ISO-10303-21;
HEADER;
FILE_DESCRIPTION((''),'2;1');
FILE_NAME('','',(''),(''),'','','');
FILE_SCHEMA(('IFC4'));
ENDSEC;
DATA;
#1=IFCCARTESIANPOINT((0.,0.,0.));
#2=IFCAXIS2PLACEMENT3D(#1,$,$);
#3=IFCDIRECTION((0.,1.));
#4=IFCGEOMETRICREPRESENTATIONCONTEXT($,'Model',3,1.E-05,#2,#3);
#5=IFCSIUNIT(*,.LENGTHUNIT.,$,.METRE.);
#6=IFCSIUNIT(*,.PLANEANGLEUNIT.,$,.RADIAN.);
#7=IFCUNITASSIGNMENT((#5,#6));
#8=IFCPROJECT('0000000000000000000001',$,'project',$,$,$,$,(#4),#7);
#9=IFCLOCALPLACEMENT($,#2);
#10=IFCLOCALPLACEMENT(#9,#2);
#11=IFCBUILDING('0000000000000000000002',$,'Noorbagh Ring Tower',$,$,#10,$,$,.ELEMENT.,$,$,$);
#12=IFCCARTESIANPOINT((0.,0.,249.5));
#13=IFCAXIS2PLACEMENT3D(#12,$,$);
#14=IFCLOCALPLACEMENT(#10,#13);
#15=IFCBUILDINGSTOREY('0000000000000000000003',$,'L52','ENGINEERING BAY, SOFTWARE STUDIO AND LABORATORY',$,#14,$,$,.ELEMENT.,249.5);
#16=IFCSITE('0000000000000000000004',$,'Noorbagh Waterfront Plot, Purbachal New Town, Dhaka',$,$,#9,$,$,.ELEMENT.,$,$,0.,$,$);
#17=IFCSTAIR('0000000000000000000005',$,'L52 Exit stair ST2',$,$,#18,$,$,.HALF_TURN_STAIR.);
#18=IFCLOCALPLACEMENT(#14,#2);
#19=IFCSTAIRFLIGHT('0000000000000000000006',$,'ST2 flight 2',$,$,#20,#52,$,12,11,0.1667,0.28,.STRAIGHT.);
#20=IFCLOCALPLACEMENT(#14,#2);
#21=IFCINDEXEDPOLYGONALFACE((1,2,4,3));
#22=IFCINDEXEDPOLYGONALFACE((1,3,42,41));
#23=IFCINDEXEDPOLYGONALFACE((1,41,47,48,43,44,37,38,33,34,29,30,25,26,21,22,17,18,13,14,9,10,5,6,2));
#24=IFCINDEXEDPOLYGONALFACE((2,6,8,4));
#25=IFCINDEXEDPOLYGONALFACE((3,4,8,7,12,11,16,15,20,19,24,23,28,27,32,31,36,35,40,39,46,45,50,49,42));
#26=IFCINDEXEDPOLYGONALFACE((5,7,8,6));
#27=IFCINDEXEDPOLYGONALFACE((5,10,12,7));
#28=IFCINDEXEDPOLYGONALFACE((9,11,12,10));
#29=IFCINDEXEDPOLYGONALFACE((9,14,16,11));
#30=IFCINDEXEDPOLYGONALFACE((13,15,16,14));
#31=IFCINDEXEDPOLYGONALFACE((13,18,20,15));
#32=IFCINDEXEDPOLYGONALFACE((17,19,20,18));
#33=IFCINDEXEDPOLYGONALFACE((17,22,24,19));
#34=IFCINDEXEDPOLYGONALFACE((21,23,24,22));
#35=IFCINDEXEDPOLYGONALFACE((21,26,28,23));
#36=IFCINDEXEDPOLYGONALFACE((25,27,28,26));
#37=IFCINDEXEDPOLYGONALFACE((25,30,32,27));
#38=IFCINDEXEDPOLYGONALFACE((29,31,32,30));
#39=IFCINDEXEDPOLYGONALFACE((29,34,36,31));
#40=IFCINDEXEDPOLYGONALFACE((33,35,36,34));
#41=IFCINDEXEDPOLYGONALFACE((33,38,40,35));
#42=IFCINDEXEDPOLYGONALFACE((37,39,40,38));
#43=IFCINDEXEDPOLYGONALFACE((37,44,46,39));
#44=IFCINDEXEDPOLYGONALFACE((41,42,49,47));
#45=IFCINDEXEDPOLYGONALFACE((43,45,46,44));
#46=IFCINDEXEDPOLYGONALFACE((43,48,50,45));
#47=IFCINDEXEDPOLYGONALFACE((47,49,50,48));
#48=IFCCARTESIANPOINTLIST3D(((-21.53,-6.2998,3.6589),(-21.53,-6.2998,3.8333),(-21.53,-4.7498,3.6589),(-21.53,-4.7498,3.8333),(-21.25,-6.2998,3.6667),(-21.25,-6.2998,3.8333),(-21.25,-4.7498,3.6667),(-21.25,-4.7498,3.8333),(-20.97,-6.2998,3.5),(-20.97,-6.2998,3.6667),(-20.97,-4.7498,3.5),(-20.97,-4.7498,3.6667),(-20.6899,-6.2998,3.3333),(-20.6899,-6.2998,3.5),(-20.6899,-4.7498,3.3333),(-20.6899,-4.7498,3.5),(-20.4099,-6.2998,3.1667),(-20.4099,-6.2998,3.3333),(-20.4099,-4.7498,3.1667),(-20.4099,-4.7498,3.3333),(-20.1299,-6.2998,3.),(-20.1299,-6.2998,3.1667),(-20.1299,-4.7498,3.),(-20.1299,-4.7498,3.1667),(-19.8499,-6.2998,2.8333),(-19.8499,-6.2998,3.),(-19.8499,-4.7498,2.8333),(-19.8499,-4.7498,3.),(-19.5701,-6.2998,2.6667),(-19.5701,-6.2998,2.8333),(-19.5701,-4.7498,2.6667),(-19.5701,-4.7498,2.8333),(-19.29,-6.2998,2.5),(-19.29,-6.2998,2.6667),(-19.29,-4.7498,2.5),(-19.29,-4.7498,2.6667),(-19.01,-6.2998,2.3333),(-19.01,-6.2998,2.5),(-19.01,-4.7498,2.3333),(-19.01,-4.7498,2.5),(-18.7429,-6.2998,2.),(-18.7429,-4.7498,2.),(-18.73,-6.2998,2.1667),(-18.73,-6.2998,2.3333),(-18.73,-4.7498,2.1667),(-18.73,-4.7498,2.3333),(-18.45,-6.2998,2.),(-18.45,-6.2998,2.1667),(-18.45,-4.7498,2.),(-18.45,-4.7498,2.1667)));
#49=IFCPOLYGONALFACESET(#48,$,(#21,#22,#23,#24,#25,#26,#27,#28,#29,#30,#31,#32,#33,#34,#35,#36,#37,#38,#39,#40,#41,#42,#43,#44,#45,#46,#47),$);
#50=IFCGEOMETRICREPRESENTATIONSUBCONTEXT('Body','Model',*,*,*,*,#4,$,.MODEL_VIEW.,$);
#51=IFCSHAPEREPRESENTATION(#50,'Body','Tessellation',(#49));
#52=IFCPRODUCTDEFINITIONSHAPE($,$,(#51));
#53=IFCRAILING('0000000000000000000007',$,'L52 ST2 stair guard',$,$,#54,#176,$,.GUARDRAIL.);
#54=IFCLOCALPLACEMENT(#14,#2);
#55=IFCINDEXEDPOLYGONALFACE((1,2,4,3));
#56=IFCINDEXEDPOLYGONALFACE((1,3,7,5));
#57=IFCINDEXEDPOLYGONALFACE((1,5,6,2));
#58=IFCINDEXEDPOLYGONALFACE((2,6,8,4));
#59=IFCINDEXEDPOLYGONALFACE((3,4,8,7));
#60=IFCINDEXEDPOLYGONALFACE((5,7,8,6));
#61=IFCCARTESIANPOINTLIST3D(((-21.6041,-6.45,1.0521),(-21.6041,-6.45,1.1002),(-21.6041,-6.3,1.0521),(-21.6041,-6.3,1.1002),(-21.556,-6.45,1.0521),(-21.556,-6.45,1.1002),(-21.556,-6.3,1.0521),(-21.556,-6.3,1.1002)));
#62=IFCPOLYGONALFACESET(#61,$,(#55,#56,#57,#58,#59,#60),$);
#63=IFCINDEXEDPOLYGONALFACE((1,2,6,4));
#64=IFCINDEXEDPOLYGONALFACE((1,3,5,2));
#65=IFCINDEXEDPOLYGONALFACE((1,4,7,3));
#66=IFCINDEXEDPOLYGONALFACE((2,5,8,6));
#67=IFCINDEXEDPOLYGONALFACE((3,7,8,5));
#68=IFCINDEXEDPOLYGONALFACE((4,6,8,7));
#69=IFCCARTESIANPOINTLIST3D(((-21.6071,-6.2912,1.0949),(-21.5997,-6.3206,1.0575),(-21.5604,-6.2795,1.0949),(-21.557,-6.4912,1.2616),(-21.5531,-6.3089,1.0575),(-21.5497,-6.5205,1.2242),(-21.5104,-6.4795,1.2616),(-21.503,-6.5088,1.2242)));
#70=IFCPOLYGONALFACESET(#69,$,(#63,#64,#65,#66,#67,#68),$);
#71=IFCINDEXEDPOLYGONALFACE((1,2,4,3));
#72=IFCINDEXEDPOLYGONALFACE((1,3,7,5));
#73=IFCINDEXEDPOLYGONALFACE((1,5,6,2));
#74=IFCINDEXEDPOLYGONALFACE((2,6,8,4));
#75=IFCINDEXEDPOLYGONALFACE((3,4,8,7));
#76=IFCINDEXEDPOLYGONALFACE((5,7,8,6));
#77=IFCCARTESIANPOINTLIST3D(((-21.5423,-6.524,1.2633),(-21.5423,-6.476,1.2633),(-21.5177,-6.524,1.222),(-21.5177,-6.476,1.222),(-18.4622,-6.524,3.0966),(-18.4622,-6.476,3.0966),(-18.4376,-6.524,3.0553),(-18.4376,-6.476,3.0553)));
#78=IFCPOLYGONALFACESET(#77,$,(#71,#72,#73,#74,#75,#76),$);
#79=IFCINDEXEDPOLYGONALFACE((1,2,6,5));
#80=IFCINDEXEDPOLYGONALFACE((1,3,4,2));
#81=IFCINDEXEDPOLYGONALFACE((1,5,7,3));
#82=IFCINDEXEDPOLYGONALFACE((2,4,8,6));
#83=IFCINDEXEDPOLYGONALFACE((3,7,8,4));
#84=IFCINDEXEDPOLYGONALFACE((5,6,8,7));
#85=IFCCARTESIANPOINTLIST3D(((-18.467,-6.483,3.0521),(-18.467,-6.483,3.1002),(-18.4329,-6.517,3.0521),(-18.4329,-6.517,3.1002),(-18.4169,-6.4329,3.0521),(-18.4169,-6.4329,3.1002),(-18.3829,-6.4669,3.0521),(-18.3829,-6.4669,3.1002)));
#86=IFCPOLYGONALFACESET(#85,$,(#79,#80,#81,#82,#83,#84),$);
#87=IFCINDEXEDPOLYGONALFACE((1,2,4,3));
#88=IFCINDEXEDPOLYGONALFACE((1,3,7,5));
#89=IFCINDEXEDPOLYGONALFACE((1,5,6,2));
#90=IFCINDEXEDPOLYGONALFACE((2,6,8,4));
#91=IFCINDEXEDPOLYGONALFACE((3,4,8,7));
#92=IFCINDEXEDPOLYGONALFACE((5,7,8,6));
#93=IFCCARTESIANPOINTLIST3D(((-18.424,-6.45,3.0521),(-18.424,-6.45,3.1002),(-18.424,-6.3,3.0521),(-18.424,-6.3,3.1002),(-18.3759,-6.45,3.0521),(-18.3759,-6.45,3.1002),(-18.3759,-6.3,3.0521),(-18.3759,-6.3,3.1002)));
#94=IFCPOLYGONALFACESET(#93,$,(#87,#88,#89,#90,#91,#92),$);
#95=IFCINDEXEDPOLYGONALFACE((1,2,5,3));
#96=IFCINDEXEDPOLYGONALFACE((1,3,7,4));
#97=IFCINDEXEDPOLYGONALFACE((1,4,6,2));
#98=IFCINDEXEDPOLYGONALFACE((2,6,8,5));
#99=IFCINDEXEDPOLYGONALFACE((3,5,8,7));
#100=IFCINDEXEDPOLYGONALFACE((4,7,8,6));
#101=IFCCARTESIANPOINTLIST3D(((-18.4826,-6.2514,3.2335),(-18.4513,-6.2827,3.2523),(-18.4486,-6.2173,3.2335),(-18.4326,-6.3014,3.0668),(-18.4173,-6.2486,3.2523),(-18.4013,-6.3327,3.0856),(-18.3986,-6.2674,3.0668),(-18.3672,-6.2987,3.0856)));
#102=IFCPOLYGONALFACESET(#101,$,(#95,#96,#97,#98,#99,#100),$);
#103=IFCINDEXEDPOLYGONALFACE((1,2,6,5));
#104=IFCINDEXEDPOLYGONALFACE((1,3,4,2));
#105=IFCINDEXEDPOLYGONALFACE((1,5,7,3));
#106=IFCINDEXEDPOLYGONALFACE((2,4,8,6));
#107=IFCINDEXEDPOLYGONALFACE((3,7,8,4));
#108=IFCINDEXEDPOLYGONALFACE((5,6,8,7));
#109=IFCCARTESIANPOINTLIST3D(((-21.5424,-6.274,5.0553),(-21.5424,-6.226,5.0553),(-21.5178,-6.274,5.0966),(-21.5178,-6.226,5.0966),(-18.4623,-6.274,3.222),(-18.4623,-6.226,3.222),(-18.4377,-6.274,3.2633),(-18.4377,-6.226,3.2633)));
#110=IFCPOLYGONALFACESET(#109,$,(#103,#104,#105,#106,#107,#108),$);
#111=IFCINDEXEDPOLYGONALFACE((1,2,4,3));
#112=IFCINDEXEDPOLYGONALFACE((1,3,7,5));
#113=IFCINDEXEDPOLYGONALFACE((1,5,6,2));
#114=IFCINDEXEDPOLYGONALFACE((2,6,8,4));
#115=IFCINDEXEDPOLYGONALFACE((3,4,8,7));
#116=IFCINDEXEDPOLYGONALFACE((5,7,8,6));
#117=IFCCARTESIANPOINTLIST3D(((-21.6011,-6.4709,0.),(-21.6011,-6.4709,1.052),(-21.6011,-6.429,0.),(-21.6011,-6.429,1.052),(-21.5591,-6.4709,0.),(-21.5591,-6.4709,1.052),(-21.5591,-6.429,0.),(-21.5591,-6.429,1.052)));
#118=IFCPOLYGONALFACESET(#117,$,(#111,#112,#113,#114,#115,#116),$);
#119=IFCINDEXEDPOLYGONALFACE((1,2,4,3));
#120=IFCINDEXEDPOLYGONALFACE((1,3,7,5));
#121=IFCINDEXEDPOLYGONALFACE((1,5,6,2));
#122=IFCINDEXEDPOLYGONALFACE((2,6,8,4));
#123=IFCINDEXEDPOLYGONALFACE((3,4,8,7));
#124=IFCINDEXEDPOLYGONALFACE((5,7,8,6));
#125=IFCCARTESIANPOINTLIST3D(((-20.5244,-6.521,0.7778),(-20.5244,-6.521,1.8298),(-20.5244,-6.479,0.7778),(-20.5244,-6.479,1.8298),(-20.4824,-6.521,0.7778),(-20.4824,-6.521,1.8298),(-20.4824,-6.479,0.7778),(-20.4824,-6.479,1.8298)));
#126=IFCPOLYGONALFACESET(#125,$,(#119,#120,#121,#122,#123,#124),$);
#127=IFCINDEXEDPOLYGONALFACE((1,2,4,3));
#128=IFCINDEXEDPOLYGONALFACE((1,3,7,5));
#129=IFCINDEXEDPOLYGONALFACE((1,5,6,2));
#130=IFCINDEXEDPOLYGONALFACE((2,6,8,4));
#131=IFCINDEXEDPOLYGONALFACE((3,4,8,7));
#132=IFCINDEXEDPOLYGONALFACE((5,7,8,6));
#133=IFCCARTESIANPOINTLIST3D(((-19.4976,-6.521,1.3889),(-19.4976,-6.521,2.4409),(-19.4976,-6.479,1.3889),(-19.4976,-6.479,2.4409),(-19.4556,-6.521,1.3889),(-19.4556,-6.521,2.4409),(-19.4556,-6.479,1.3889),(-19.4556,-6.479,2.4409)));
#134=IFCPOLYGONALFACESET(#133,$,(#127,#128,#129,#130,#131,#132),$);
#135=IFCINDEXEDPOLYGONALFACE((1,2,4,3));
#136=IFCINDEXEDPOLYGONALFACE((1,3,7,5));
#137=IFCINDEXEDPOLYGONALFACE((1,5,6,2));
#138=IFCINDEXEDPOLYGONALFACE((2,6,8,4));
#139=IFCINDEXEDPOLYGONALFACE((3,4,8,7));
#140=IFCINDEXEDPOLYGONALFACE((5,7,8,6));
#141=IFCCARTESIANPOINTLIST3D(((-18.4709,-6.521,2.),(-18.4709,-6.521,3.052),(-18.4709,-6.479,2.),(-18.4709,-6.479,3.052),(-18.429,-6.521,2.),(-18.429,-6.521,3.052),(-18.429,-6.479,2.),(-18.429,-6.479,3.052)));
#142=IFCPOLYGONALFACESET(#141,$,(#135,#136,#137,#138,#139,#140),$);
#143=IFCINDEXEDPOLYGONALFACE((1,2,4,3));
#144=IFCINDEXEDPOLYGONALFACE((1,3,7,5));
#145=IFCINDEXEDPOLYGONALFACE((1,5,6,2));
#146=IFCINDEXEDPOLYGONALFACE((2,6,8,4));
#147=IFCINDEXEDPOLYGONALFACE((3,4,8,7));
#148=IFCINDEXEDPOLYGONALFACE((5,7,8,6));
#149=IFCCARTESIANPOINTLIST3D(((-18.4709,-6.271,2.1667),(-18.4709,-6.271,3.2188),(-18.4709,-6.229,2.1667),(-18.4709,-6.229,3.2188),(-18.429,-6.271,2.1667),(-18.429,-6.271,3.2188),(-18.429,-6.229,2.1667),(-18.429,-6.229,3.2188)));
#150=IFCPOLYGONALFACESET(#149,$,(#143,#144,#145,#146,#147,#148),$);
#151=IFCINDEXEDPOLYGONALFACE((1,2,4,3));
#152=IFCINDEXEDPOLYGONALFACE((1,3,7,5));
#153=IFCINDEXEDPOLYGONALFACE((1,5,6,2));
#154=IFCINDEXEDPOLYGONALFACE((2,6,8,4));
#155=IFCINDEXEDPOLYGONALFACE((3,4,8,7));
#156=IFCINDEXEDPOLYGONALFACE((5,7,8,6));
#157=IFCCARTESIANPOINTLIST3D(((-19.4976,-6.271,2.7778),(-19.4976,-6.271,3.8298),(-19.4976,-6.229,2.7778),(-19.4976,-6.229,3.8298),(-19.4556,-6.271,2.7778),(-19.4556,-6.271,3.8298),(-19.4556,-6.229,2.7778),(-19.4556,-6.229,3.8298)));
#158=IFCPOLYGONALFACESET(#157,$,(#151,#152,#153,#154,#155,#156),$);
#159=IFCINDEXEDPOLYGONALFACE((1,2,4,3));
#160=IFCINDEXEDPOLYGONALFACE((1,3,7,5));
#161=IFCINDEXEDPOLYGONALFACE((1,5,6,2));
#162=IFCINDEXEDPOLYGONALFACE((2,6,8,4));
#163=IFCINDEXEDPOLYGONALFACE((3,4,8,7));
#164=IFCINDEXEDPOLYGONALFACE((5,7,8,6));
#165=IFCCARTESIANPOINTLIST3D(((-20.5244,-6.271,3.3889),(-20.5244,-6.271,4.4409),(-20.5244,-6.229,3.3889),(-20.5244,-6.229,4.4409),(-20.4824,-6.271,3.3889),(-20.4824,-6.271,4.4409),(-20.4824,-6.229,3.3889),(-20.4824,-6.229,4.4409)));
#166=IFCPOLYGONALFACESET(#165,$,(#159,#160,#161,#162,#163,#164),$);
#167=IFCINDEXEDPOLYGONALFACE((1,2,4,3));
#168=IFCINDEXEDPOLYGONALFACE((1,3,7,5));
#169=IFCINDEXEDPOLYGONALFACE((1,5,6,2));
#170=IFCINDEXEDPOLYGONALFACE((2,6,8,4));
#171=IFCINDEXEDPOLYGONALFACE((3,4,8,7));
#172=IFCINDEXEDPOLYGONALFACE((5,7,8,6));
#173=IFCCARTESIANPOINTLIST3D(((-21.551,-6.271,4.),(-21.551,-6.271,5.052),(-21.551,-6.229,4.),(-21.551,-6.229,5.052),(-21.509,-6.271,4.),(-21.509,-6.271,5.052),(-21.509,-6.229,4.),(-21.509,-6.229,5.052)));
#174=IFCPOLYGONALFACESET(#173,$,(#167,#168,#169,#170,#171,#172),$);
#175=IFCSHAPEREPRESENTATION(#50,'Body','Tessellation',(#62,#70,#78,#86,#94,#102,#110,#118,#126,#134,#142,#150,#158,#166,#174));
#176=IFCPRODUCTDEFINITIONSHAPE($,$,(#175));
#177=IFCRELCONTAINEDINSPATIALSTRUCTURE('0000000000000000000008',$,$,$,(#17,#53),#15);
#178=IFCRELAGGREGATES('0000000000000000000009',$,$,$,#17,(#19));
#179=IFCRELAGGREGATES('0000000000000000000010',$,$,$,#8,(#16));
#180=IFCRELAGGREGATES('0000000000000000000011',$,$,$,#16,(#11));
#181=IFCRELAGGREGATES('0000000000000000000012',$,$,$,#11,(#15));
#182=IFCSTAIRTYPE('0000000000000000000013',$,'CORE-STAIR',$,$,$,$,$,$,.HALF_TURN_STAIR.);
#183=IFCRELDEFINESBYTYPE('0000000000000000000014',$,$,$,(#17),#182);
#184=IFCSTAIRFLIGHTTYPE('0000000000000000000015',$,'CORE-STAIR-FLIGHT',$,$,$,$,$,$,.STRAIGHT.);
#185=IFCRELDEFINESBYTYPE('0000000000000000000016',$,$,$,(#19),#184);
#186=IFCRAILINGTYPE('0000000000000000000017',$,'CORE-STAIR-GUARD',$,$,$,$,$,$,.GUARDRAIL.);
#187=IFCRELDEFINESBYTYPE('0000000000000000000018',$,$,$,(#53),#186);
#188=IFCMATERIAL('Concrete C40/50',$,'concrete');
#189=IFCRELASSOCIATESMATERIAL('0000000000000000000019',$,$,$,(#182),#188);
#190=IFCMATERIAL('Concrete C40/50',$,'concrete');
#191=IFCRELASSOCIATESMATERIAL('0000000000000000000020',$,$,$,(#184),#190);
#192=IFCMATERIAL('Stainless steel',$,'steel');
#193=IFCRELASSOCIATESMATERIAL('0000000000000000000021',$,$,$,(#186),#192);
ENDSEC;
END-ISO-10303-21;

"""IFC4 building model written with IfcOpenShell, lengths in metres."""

from ifc_helpers import new_model, si_unit, direction, frame, origin, origin_2d, place, context, subcontext, project, spatial, polyline, rectangle, outline, extrude, material, type_object, element, aggregate, save


model = new_model("IFC4")

# Units and contexts
model_context = context("Model", 3, precision=1e-05, world=origin(), true_north=direction((0.0, 1.0)))
body_context = subcontext(model_context, "Body", "Model", "MODEL_VIEW")
ifc_project = project(units=[si_unit("LENGTHUNIT", "METRE"), si_unit("PLANEANGLEUNIT", "RADIAN")], contexts=[model_context])

# Site, building, storey
site_placement = place(None, origin())
site = spatial("IfcSite", under=ifc_project, at=site_placement, Name="Noorbagh Waterfront Plot, Purbachal New Town, Dhaka", CompositionType="ELEMENT", RefElevation=0.0)
building_placement = place(site_placement, origin())
building = spatial("IfcBuilding", under=site, at=building_placement, Name="Noorbagh Ring Tower", CompositionType="ELEMENT")
storey_placement = place(building_placement, frame((0.0, 0.0, 249.5)))
storey = spatial("IfcBuildingStorey", under=building, at=storey_placement, Name="L52", Description="ENGINEERING BAY, SOFTWARE STUDIO AND LABORATORY", CompositionType="ELEMENT", Elevation=249.5)

# Stair, stair flight
ifc_material_1 = material(Name="Concrete C40/50", Category="concrete")
stair_type = type_object("IfcStairType", Name="CORE-STAIR", PredefinedType="HALF_TURN_STAIR", material=ifc_material_1)
stair_placement = place(storey_placement, origin())
stair = element("IfcStair", 1, at=stair_placement, inside=storey, type_object=stair_type, Name="L52 Exit stair ST2", PredefinedType="HALF_TURN_STAIR")
ifc_material_2 = material(Name="Concrete C40/50", Category="concrete")
stair_flight_type = type_object("IfcStairFlightType", Name="CORE-STAIR-FLIGHT", PredefinedType="STRAIGHT", material=ifc_material_2)
stair_flight_1_placement = place(storey_placement, frame((-18.45, -5.5249, 2.0), z_axis=(0.0, 0.0, 1.0), x_axis=(-1.0, 0.0, 0.0)))
stair_flight_1 = element("IfcStairFlight", 2, at=stair_flight_1_placement, type_object=stair_flight_type, Name="ST2 flight 2", NumberOfRisers=12, NumberOfTreads=11, PredefinedType="STRAIGHT", RiserHeight=0.1667, TreadLength=0.28, context=body_context, shape_type="SweptSolid", body=[
    extrude(outline(polyline([(0.0, 0.0), (0.0, 0.1667), (0.28, 0.1667), (0.28, 0.3333), (0.5601, 0.3333), (0.5601, 0.5), (0.8401, 0.5), (0.8401, 0.6667), (1.1201, 0.6667), (1.1201, 0.8333), (1.3999, 0.8333), (1.3999, 1.0), (1.6799, 1.0), (1.6799, 1.1667), (1.96, 1.1667), (1.96, 1.3333), (2.24, 1.3333), (2.24, 1.5), (2.52, 1.5), (2.52, 1.6667), (2.8, 1.6667), (2.8, 1.8333), (3.0801, 1.8333), (3.0801, 2.0), (3.0801, 1.6589), (0.293, 0.0), (0.0, 0.0)])), frame((0.0, 0.7749, 0.0), z_axis=(0.0, -1.0, 0.0), x_axis=(1.0, 0.0, 0.0)), (0.0, 0.0, 1.0), 1.55),
])
aggregate(stair, [stair_flight_1])

# Railing
ifc_material_3 = material(Name="Stainless steel", Category="steel")
railing_type_1 = type_object("IfcRailingType", Name="CORE-STAIR-GUARD", PredefinedType="GUARDRAIL", material=ifc_material_3)
railing_1_placement = place(storey_placement, frame((-21.5801, -6.45, 0.0)))
element("IfcRailing", 3, at=railing_1_placement, inside=storey, type_object=railing_type_1, Name="L52 ST2 stair guard", PredefinedType="GUARDRAIL", context=body_context, shape_type="SweptSolid", body=[
    extrude(rectangle(XDim=0.0481, YDim=0.0481, at=origin_2d()), frame((0.0, 0.0, 1.0762), z_axis=(0.0, 1.0, 0.0), x_axis=(-1.0, 0.0, 0.0)), (0.0, 0.0, 1.0), 0.1499),
    extrude(rectangle(XDim=0.0481, YDim=0.0481, at=origin_2d()), frame((0.0, 0.1499, 1.0762), z_axis=(0.188776, -0.754182, 0.628946), x_axis=(0.970073, 0.242814, 0.0)), (0.0, 0.0, 1.0), 0.2651),
    extrude(rectangle(XDim=0.0481, YDim=0.0481, at=origin_2d()), frame((0.05, -0.05, 1.2427), z_axis=(0.859309, 0.0, 0.511458), x_axis=(0.0, 1.0, 0.0)), (0.0, 0.0, 1.0), 3.5845),
    extrude(rectangle(XDim=0.0481, YDim=0.0481, at=origin_2d()), frame((3.1301, -0.05, 3.0762), z_axis=(0.707107, 0.707107, 0.0), x_axis=(-0.707107, 0.707107, 0.0)), (0.0, 0.0, 1.0), 0.0708),
    extrude(rectangle(XDim=0.0481, YDim=0.0481, at=origin_2d()), frame((3.1802, 0.0, 3.0762), z_axis=(0.0, 1.0, 0.0), x_axis=(-1.0, 0.0, 0.0)), (0.0, 0.0, 1.0), 0.1499),
    extrude(rectangle(XDim=0.0481, YDim=0.0481, at=origin_2d()), frame((3.1802, 0.1499, 3.0762), z_axis=(-0.276287, 0.276287, 0.920506), x_axis=(-0.707107, -0.707107, 0.0)), (0.0, 0.0, 1.0), 0.1812),
    extrude(rectangle(XDim=0.0481, YDim=0.0481, at=origin_2d()), frame((3.1301, 0.2, 3.2427), z_axis=(-0.859309, 0.0, 0.511458), x_axis=(0.0, -1.0, 0.0)), (0.0, 0.0, 1.0), 3.5845),
    extrude(rectangle(XDim=0.042, YDim=0.042, at=origin_2d()), origin(), (0.0, 0.0, 1.0), 1.052),
    extrude(rectangle(XDim=0.042, YDim=0.042, at=origin_2d()), frame((1.0767, -0.05, 0.7778)), (0.0, 0.0, 1.0), 1.052),
    extrude(rectangle(XDim=0.042, YDim=0.042, at=origin_2d()), frame((2.1035, -0.05, 1.3889)), (0.0, 0.0, 1.0), 1.052),
    extrude(rectangle(XDim=0.042, YDim=0.042, at=origin_2d()), frame((3.1301, -0.05, 2.0)), (0.0, 0.0, 1.0), 1.052),
    extrude(rectangle(XDim=0.042, YDim=0.042, at=origin_2d()), frame((3.1301, 0.2, 2.1667)), (0.0, 0.0, 1.0), 1.052),
    extrude(rectangle(XDim=0.042, YDim=0.042, at=origin_2d()), frame((2.1035, 0.2, 2.7778)), (0.0, 0.0, 1.0), 1.052),
    extrude(rectangle(XDim=0.042, YDim=0.042, at=origin_2d()), frame((1.0767, 0.2, 3.3889)), (0.0, 0.0, 1.0), 1.052),
    extrude(rectangle(XDim=0.042, YDim=0.042, at=origin_2d()), frame((0.05, 0.2, 4.0)), (0.0, 0.0, 1.0), 1.052),
])

save(model, "model.ifc")
